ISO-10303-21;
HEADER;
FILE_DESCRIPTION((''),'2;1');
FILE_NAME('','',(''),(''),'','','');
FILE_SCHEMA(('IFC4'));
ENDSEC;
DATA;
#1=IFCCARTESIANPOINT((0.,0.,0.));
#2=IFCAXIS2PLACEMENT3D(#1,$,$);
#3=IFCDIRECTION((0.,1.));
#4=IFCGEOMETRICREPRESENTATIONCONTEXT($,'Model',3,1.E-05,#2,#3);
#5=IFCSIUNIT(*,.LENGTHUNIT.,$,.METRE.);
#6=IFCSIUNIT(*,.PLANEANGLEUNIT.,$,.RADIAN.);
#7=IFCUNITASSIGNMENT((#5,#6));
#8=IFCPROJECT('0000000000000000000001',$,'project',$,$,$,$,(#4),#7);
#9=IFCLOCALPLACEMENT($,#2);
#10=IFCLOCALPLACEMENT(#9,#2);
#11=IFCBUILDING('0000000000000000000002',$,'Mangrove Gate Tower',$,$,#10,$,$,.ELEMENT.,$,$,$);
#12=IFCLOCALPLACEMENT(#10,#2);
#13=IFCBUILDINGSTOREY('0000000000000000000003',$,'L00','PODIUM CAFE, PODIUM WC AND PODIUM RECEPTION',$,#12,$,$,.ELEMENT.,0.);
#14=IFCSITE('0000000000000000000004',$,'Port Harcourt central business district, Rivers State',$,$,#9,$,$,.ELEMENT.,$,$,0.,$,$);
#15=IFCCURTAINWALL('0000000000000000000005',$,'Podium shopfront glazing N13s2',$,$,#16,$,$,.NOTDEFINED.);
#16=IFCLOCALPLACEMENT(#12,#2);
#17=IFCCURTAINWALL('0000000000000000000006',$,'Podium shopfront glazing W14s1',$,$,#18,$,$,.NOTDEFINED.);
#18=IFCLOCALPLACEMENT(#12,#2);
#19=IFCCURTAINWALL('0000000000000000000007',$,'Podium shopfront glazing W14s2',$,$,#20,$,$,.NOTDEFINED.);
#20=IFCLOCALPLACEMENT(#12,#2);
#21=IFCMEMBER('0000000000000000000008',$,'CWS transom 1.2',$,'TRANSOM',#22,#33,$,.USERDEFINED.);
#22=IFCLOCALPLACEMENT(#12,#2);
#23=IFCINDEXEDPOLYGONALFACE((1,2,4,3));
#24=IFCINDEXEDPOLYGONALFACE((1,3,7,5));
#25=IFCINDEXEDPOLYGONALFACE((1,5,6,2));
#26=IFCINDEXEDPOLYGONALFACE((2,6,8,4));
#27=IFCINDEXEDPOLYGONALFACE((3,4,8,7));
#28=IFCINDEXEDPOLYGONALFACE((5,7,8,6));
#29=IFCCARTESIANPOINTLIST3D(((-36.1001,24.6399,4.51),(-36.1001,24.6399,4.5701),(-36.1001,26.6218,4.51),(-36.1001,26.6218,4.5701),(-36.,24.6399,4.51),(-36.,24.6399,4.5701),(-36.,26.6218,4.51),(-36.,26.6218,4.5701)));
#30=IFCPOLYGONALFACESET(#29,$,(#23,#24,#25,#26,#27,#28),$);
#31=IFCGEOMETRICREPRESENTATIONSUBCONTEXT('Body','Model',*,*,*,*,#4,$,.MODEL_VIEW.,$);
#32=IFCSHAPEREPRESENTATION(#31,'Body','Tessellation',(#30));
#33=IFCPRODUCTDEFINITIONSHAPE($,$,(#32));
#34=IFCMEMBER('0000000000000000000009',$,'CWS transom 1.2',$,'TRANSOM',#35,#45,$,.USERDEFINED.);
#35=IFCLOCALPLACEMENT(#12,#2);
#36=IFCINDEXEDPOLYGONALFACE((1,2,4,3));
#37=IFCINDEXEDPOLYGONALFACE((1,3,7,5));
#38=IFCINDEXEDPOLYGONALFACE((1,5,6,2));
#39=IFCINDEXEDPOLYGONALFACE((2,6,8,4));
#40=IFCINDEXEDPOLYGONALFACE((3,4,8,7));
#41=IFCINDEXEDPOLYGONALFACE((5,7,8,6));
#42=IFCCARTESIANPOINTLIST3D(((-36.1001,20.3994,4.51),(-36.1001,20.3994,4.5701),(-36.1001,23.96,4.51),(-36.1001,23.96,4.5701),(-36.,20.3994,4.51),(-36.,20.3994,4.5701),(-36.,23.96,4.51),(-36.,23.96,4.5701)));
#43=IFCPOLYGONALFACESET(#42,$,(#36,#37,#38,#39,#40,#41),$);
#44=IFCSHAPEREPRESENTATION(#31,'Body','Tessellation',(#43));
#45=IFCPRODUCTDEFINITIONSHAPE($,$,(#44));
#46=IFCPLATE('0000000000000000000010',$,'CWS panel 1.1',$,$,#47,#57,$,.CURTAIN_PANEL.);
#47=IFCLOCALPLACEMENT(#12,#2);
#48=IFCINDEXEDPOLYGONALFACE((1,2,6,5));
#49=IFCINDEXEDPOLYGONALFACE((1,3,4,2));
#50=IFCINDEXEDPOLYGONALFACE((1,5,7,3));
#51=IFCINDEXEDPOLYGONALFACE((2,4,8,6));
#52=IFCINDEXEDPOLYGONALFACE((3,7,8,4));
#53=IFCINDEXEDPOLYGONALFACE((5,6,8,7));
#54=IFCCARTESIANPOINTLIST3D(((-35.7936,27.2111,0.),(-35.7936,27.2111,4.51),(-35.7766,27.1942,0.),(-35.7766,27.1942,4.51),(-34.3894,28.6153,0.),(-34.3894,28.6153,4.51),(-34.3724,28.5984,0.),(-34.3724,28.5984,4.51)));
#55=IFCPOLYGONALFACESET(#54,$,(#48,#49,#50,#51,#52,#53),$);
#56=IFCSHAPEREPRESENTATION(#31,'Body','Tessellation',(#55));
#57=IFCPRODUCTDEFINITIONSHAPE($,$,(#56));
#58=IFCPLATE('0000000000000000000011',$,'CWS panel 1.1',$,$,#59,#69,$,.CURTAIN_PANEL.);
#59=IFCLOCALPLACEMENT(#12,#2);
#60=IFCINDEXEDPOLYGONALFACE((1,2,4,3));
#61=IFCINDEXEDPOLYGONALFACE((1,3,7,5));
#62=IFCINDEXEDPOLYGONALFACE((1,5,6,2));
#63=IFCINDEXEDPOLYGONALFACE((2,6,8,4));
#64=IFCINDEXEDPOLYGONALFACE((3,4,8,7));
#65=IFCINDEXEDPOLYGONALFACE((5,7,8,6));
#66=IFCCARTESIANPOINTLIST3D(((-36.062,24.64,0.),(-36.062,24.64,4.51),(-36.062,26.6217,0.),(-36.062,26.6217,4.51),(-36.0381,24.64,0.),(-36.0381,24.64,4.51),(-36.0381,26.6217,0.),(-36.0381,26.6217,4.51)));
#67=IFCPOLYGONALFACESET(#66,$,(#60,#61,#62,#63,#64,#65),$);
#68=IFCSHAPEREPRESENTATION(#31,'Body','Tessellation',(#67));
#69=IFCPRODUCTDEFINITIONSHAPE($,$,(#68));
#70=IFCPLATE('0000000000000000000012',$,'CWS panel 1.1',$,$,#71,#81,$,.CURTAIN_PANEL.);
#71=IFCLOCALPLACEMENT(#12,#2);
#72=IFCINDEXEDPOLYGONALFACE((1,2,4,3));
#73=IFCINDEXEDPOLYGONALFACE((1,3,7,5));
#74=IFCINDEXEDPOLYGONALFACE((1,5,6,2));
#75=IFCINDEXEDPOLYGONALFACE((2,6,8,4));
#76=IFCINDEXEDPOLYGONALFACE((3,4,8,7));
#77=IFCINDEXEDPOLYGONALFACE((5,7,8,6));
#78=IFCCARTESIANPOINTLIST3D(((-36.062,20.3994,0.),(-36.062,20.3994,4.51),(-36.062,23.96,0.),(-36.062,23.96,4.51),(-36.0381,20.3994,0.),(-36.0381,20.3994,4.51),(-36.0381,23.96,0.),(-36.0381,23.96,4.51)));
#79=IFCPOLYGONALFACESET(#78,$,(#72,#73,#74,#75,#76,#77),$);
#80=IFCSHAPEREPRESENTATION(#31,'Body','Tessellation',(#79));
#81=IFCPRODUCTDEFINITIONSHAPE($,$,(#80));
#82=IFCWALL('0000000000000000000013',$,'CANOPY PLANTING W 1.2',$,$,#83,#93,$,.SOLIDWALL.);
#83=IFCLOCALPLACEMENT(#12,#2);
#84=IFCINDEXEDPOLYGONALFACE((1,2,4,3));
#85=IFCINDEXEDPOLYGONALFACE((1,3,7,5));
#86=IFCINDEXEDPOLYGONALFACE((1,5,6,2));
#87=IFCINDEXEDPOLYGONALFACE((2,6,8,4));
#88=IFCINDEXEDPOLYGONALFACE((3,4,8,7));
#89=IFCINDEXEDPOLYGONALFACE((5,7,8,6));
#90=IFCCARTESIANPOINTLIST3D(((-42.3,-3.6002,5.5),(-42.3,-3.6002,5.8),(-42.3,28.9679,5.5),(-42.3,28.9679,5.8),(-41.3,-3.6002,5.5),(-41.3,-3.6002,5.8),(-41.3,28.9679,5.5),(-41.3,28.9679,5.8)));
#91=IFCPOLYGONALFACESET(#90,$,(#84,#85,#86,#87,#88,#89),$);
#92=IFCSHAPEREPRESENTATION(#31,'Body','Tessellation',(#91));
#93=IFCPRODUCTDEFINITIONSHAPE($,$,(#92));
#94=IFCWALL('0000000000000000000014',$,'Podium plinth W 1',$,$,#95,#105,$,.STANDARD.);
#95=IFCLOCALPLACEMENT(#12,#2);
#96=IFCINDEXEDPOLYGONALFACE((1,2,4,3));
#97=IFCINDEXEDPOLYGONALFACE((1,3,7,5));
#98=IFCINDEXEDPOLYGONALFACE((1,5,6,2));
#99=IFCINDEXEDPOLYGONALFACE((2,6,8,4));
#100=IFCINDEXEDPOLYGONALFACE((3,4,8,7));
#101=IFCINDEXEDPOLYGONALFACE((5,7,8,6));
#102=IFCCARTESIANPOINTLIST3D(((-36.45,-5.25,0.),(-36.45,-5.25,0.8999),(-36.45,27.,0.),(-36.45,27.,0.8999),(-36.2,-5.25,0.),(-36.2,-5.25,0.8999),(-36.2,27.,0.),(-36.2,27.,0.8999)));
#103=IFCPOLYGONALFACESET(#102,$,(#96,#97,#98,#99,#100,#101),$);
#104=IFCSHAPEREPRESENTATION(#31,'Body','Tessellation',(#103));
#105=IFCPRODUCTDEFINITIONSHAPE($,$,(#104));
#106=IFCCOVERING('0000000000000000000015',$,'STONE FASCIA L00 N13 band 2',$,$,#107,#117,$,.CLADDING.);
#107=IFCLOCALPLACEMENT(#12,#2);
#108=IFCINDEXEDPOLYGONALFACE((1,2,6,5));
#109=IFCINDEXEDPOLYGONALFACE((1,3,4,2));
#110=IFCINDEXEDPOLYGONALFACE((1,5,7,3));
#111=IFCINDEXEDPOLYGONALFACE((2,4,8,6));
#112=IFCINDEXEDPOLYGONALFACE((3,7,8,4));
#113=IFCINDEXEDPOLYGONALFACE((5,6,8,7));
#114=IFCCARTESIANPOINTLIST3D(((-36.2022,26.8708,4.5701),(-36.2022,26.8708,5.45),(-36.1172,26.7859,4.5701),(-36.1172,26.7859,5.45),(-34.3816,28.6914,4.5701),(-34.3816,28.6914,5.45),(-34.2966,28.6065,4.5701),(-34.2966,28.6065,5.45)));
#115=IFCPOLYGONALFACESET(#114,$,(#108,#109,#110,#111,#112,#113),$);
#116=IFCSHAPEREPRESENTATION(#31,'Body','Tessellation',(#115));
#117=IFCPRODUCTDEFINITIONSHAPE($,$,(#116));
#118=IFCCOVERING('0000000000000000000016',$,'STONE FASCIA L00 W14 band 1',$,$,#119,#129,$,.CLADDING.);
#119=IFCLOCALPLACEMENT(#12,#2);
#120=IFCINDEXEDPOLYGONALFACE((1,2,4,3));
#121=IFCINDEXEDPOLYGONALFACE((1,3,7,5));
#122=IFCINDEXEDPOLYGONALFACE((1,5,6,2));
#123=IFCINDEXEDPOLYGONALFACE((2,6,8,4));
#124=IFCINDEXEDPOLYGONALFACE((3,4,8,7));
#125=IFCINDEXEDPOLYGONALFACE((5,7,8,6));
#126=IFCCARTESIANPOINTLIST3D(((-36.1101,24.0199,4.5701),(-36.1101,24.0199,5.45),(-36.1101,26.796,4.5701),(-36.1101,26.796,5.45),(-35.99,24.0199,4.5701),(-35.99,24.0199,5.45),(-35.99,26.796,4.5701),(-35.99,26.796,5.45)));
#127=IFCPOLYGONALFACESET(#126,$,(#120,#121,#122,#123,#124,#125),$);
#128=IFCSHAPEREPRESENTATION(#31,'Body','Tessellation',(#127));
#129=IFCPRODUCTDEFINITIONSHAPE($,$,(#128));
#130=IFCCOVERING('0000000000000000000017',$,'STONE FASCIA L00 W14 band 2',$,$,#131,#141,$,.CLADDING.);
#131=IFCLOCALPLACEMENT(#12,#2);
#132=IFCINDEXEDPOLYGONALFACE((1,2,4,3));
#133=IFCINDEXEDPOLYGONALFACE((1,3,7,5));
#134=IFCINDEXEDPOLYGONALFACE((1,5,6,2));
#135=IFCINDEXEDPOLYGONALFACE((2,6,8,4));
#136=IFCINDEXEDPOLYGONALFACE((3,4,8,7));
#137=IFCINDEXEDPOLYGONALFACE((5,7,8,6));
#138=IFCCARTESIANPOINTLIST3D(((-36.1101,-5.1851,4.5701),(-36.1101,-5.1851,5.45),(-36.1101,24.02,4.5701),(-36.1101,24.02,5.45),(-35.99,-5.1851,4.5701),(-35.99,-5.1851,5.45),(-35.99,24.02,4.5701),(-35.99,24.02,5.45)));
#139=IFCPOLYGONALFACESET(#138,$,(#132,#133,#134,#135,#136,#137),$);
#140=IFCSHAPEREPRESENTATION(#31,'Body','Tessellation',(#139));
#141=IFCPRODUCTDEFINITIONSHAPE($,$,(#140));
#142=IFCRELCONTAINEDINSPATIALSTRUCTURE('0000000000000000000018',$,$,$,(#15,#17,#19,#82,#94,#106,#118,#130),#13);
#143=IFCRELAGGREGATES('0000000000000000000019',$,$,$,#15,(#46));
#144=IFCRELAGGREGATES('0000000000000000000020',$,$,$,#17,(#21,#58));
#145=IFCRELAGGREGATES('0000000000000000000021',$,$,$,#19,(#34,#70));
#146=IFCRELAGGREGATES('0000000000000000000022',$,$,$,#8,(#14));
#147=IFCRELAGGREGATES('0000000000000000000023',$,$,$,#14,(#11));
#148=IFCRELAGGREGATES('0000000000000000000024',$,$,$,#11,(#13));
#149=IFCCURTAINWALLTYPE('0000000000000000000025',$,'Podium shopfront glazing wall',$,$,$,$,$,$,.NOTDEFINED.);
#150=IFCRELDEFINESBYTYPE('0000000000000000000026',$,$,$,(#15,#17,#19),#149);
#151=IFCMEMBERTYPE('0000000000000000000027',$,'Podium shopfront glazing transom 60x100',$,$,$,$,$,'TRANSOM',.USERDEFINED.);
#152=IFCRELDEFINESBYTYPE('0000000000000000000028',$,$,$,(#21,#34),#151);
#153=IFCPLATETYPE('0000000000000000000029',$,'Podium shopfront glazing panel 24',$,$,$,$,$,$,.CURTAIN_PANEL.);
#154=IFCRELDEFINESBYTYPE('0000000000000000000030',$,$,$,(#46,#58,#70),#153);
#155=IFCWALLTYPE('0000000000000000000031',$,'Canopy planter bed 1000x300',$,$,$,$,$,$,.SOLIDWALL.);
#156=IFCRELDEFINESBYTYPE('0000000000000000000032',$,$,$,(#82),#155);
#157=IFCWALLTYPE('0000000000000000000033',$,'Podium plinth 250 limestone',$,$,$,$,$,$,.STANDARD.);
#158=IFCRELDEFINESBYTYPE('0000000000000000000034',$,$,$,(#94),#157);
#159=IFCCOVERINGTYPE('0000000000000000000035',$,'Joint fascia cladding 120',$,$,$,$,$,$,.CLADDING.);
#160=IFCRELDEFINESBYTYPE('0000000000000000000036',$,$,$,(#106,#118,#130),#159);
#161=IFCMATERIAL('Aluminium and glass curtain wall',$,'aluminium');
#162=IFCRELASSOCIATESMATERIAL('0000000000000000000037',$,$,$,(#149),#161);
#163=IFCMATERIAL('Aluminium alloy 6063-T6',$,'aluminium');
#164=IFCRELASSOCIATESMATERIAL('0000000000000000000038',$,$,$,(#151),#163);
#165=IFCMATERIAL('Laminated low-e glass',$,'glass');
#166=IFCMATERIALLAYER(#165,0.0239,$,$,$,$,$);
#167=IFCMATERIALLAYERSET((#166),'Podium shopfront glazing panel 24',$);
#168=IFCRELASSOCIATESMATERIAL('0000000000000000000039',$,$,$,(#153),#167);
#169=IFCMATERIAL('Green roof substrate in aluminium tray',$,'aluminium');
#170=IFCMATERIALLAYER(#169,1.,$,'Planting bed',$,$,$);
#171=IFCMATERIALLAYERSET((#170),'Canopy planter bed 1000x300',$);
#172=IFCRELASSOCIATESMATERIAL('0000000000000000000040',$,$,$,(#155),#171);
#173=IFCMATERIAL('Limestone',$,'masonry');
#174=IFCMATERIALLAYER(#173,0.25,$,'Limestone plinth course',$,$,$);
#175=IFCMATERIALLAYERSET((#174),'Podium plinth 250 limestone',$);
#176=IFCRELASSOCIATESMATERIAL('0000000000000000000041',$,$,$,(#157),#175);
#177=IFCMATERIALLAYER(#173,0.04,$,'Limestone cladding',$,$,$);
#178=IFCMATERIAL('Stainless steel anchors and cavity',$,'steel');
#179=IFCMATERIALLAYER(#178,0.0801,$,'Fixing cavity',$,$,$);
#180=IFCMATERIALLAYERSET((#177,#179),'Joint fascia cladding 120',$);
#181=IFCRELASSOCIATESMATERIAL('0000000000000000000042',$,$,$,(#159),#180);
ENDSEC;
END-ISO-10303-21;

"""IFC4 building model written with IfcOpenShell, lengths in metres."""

from ifc_helpers import new_model, si_unit, direction, frame, frame_2d, origin, origin_2d, place, context, subcontext, project, spatial, rectangle, extrude, material, layer, layer_set, material_profile, profile_set, type_object, element, aggregate, save


model = new_model("IFC4")

# Units and contexts
model_context = context("Model", 3, precision=1e-05, world=origin(), true_north=direction((0.0, 1.0)))
body_context = subcontext(model_context, "Body", "Model", "MODEL_VIEW")
ifc_project = project(units=[si_unit("LENGTHUNIT", "METRE"), si_unit("PLANEANGLEUNIT", "RADIAN")], contexts=[model_context])

# Site, building, storey
site_placement = place(None, origin())
site = spatial("IfcSite", under=ifc_project, at=site_placement, Name="Port Harcourt central business district, Rivers State", CompositionType="ELEMENT", RefElevation=0.0)
building_placement = place(site_placement, origin())
building = spatial("IfcBuilding", under=site, at=building_placement, Name="Mangrove Gate Tower", CompositionType="ELEMENT")
storey_placement = place(building_placement, origin())
storey = spatial("IfcBuildingStorey", under=building, at=storey_placement, Name="L00", Description="PODIUM CAFE, PODIUM WC AND PODIUM RECEPTION", CompositionType="ELEMENT", Elevation=0.0)

# Curtain walls
ifc_material_1 = material(Name="Aluminium and glass curtain wall", Category="aluminium")
curtain_wall_type = type_object("IfcCurtainWallType", Name="Podium shopfront glazing wall", PredefinedType="NOTDEFINED", material=ifc_material_1)
curtain_wall_1_placement = place(storey_placement, origin())
curtain_wall_1 = element("IfcCurtainWall", 1, at=curtain_wall_1_placement, inside=storey, type_object=curtain_wall_type, Name="Podium shopfront glazing N13s2", PredefinedType="NOTDEFINED")
curtain_wall_2_placement = place(storey_placement, origin())
curtain_wall_2 = element("IfcCurtainWall", 2, at=curtain_wall_2_placement, inside=storey, type_object=curtain_wall_type, Name="Podium shopfront glazing W14s1", PredefinedType="NOTDEFINED")

# Curtain wall
curtain_wall_3_placement = place(storey_placement, origin())
curtain_wall_3 = element("IfcCurtainWall", 3, at=curtain_wall_3_placement, inside=storey, type_object=curtain_wall_type, Name="Podium shopfront glazing W14s2", PredefinedType="NOTDEFINED")

# Members
ifc_material_2 = material(Name="Aluminium alloy 6063-T6", Category="aluminium")
ifc_material_profile_1 = material_profile(ifc_material_2, rectangle(XDim=0.0601, YDim=0.1001, at=origin_2d()))
ifc_profile_set_1 = profile_set([ifc_material_profile_1], Name="Aluminium alloy 6063-T6")
member_type_1 = type_object("IfcMemberType", Name="Podium shopfront glazing transom 60x100", ElementType="TRANSOM", PredefinedType="USERDEFINED", material=ifc_profile_set_1)
member_1_placement = place(storey_placement, frame((-36.05, 26.6218, 4.54), z_axis=(0.0, -1.0, 0.0), x_axis=(0.0, 0.0, 1.0)))
member_1 = element("IfcMember", 4, at=member_1_placement, type_object=member_type_1, Name="CWS transom 1.2", ObjectType="TRANSOM", PredefinedType="USERDEFINED", context=body_context, shape_type="SweptSolid", body=[
    extrude(rectangle(XDim=0.0601, YDim=0.1001, at=origin_2d()), origin(), (0.0, 0.0, 1.0), 1.9819),
])
member_2_placement = place(storey_placement, frame((-36.05, 23.96, 4.54), z_axis=(0.0, -1.0, 0.0), x_axis=(0.0, 0.0, 1.0)))
member_2 = element("IfcMember", 5, at=member_2_placement, type_object=member_type_1, Name="CWS transom 1.2", ObjectType="TRANSOM", PredefinedType="USERDEFINED", context=body_context, shape_type="SweptSolid", body=[
    extrude(rectangle(XDim=0.0601, YDim=0.1001, at=origin_2d()), origin(), (0.0, 0.0, 1.0), 3.5605),
])

# Plates
ifc_material_3 = material(Name="Laminated low-e glass", Category="glass")
ifc_layer_1 = layer(ifc_material_3, 0.0239)
ifc_layer_set_1 = layer_set([ifc_layer_1], Name="Podium shopfront glazing panel 24")
plate_type = type_object("IfcPlateType", Name="Podium shopfront glazing panel 24", PredefinedType="CURTAIN_PANEL", material=ifc_layer_set_1)
plate_1_placement = place(storey_placement, frame((-35.083, 27.9048, 0.0), z_axis=(0.0, 0.0, 1.0), x_axis=(-0.707107, -0.707107, 0.0)))
plate_1 = element("IfcPlate", 6, at=plate_1_placement, type_object=plate_type, Name="CWS panel 1.1", PredefinedType="CURTAIN_PANEL", context=body_context, shape_type="SweptSolid", body=[
    extrude(rectangle(XDim=1.9858, YDim=0.0239, at=origin_2d()), origin(), (0.0, 0.0, 1.0), 4.51),
])
aggregate(curtain_wall_1, [plate_1])
plate_2_placement = place(storey_placement, frame((-36.05, 25.6309, 0.0), z_axis=(0.0, 0.0, 1.0), x_axis=(0.0, -1.0, 0.0)))
plate_2 = element("IfcPlate", 7, at=plate_2_placement, type_object=plate_type, Name="CWS panel 1.1", PredefinedType="CURTAIN_PANEL", context=body_context, shape_type="SweptSolid", body=[
    extrude(rectangle(XDim=1.9817, YDim=0.0239, at=origin_2d()), origin(), (0.0, 0.0, 1.0), 4.51),
])
aggregate(curtain_wall_2, [member_1, plate_2])
plate_3_placement = place(storey_placement, frame((-36.05, 22.1797, 0.0), z_axis=(0.0, 0.0, 1.0), x_axis=(0.0, -1.0, 0.0)))
plate_3 = element("IfcPlate", 8, at=plate_3_placement, type_object=plate_type, Name="CWS panel 1.1", PredefinedType="CURTAIN_PANEL", context=body_context, shape_type="SweptSolid", body=[
    extrude(rectangle(XDim=3.5605, YDim=0.0239, at=origin_2d()), origin(), (0.0, 0.0, 1.0), 4.51),
])
aggregate(curtain_wall_3, [member_2, plate_3])

# Walls
ifc_material_4 = material(Name="Green roof substrate in aluminium tray", Category="aluminium")
ifc_layer_2 = layer(ifc_material_4, 1.0, Name="Planting bed")
ifc_layer_set_2 = layer_set([ifc_layer_2], Name="Canopy planter bed 1000x300")
wall_type_1 = type_object("IfcWallType", Name="Canopy planter bed 1000x300", PredefinedType="SOLIDWALL", material=ifc_layer_set_2)
wall_1_placement = place(storey_placement, frame((-41.8, 28.968, 5.5), z_axis=(0.0, 0.0, 1.0), x_axis=(0.0, -1.0, 0.0)))
element("IfcWall", 9, at=wall_1_placement, inside=storey, type_object=wall_type_1, Name="CANOPY PLANTING W 1.2", PredefinedType="SOLIDWALL", context=body_context, shape_type="SweptSolid", body=[
    extrude(rectangle(XDim=32.5681, YDim=1.0, at=frame_2d((16.2842, 0.0))), origin(), (0.0, 0.0, 1.0), 0.3),
])
ifc_material_5 = material(Name="Limestone", Category="masonry")
ifc_layer_3 = layer(ifc_material_5, 0.25, Name="Limestone plinth course")
ifc_layer_set_3 = layer_set([ifc_layer_3], Name="Podium plinth 250 limestone")
wall_type_2 = type_object("IfcWallType", Name="Podium plinth 250 limestone", PredefinedType="STANDARD", material=ifc_layer_set_3)
wall_2_placement = place(storey_placement, frame((-36.325, 27.0, 0.0), z_axis=(0.0, 0.0, 1.0), x_axis=(0.0, -1.0, 0.0)))
element("IfcWall", 10, at=wall_2_placement, inside=storey, type_object=wall_type_2, Name="Podium plinth W 1", PredefinedType="STANDARD", context=body_context, shape_type="SweptSolid", body=[
    extrude(rectangle(XDim=32.25, YDim=0.25, at=frame_2d((16.125, 0.0))), origin(), (0.0, 0.0, 1.0), 0.8999),
])

# Coverings
ifc_layer_4 = layer(ifc_material_5, 0.04, Name="Limestone cladding")
ifc_material_6 = material(Name="Stainless steel anchors and cavity", Category="steel")
ifc_layer_5 = layer(ifc_material_6, 0.0801, Name="Fixing cavity")
ifc_layer_set_4 = layer_set([ifc_layer_4, ifc_layer_5], Name="Joint fascia cladding 120")
covering_type = type_object("IfcCoveringType", Name="Joint fascia cladding 120", PredefinedType="CLADDING", material=ifc_layer_set_4)
covering_1_placement = place(storey_placement, frame((-34.3391, 28.6489, 4.5701), z_axis=(0.0, 0.0, 1.0), x_axis=(-0.707107, -0.707107, 0.0)))
element("IfcCovering", 11, at=covering_1_placement, inside=storey, type_object=covering_type, Name="STONE FASCIA L00 N13 band 2", PredefinedType="CLADDING", context=body_context, shape_type="SweptSolid", body=[
    extrude(rectangle(XDim=2.5747, YDim=0.1201, at=frame_2d((1.2874, 0.0))), origin(), (0.0, 0.0, 1.0), 0.8799),
])
covering_2_placement = place(storey_placement, frame((-36.05, 26.7961, 4.5701), z_axis=(0.0, 0.0, 1.0), x_axis=(0.0, -1.0, 0.0)))
element("IfcCovering", 12, at=covering_2_placement, inside=storey, type_object=covering_type, Name="STONE FASCIA L00 W14 band 1", PredefinedType="CLADDING", context=body_context, shape_type="SweptSolid", body=[
    extrude(rectangle(XDim=2.7761, YDim=0.1201, at=frame_2d((1.3882, 0.0))), origin(), (0.0, 0.0, 1.0), 0.8799),
])
covering_3_placement = place(storey_placement, frame((-36.05, 24.02, 4.5701), z_axis=(0.0, 0.0, 1.0), x_axis=(0.0, -1.0, 0.0)))
element("IfcCovering", 13, at=covering_3_placement, inside=storey, type_object=covering_type, Name="STONE FASCIA L00 W14 band 2", PredefinedType="CLADDING", context=body_context, shape_type="SweptSolid", body=[
    extrude(rectangle(XDim=29.2051, YDim=0.1201, at=frame_2d((14.6025, 0.0))), origin(), (0.0, 0.0, 1.0), 0.8799),
])

save(model, "model.ifc")
